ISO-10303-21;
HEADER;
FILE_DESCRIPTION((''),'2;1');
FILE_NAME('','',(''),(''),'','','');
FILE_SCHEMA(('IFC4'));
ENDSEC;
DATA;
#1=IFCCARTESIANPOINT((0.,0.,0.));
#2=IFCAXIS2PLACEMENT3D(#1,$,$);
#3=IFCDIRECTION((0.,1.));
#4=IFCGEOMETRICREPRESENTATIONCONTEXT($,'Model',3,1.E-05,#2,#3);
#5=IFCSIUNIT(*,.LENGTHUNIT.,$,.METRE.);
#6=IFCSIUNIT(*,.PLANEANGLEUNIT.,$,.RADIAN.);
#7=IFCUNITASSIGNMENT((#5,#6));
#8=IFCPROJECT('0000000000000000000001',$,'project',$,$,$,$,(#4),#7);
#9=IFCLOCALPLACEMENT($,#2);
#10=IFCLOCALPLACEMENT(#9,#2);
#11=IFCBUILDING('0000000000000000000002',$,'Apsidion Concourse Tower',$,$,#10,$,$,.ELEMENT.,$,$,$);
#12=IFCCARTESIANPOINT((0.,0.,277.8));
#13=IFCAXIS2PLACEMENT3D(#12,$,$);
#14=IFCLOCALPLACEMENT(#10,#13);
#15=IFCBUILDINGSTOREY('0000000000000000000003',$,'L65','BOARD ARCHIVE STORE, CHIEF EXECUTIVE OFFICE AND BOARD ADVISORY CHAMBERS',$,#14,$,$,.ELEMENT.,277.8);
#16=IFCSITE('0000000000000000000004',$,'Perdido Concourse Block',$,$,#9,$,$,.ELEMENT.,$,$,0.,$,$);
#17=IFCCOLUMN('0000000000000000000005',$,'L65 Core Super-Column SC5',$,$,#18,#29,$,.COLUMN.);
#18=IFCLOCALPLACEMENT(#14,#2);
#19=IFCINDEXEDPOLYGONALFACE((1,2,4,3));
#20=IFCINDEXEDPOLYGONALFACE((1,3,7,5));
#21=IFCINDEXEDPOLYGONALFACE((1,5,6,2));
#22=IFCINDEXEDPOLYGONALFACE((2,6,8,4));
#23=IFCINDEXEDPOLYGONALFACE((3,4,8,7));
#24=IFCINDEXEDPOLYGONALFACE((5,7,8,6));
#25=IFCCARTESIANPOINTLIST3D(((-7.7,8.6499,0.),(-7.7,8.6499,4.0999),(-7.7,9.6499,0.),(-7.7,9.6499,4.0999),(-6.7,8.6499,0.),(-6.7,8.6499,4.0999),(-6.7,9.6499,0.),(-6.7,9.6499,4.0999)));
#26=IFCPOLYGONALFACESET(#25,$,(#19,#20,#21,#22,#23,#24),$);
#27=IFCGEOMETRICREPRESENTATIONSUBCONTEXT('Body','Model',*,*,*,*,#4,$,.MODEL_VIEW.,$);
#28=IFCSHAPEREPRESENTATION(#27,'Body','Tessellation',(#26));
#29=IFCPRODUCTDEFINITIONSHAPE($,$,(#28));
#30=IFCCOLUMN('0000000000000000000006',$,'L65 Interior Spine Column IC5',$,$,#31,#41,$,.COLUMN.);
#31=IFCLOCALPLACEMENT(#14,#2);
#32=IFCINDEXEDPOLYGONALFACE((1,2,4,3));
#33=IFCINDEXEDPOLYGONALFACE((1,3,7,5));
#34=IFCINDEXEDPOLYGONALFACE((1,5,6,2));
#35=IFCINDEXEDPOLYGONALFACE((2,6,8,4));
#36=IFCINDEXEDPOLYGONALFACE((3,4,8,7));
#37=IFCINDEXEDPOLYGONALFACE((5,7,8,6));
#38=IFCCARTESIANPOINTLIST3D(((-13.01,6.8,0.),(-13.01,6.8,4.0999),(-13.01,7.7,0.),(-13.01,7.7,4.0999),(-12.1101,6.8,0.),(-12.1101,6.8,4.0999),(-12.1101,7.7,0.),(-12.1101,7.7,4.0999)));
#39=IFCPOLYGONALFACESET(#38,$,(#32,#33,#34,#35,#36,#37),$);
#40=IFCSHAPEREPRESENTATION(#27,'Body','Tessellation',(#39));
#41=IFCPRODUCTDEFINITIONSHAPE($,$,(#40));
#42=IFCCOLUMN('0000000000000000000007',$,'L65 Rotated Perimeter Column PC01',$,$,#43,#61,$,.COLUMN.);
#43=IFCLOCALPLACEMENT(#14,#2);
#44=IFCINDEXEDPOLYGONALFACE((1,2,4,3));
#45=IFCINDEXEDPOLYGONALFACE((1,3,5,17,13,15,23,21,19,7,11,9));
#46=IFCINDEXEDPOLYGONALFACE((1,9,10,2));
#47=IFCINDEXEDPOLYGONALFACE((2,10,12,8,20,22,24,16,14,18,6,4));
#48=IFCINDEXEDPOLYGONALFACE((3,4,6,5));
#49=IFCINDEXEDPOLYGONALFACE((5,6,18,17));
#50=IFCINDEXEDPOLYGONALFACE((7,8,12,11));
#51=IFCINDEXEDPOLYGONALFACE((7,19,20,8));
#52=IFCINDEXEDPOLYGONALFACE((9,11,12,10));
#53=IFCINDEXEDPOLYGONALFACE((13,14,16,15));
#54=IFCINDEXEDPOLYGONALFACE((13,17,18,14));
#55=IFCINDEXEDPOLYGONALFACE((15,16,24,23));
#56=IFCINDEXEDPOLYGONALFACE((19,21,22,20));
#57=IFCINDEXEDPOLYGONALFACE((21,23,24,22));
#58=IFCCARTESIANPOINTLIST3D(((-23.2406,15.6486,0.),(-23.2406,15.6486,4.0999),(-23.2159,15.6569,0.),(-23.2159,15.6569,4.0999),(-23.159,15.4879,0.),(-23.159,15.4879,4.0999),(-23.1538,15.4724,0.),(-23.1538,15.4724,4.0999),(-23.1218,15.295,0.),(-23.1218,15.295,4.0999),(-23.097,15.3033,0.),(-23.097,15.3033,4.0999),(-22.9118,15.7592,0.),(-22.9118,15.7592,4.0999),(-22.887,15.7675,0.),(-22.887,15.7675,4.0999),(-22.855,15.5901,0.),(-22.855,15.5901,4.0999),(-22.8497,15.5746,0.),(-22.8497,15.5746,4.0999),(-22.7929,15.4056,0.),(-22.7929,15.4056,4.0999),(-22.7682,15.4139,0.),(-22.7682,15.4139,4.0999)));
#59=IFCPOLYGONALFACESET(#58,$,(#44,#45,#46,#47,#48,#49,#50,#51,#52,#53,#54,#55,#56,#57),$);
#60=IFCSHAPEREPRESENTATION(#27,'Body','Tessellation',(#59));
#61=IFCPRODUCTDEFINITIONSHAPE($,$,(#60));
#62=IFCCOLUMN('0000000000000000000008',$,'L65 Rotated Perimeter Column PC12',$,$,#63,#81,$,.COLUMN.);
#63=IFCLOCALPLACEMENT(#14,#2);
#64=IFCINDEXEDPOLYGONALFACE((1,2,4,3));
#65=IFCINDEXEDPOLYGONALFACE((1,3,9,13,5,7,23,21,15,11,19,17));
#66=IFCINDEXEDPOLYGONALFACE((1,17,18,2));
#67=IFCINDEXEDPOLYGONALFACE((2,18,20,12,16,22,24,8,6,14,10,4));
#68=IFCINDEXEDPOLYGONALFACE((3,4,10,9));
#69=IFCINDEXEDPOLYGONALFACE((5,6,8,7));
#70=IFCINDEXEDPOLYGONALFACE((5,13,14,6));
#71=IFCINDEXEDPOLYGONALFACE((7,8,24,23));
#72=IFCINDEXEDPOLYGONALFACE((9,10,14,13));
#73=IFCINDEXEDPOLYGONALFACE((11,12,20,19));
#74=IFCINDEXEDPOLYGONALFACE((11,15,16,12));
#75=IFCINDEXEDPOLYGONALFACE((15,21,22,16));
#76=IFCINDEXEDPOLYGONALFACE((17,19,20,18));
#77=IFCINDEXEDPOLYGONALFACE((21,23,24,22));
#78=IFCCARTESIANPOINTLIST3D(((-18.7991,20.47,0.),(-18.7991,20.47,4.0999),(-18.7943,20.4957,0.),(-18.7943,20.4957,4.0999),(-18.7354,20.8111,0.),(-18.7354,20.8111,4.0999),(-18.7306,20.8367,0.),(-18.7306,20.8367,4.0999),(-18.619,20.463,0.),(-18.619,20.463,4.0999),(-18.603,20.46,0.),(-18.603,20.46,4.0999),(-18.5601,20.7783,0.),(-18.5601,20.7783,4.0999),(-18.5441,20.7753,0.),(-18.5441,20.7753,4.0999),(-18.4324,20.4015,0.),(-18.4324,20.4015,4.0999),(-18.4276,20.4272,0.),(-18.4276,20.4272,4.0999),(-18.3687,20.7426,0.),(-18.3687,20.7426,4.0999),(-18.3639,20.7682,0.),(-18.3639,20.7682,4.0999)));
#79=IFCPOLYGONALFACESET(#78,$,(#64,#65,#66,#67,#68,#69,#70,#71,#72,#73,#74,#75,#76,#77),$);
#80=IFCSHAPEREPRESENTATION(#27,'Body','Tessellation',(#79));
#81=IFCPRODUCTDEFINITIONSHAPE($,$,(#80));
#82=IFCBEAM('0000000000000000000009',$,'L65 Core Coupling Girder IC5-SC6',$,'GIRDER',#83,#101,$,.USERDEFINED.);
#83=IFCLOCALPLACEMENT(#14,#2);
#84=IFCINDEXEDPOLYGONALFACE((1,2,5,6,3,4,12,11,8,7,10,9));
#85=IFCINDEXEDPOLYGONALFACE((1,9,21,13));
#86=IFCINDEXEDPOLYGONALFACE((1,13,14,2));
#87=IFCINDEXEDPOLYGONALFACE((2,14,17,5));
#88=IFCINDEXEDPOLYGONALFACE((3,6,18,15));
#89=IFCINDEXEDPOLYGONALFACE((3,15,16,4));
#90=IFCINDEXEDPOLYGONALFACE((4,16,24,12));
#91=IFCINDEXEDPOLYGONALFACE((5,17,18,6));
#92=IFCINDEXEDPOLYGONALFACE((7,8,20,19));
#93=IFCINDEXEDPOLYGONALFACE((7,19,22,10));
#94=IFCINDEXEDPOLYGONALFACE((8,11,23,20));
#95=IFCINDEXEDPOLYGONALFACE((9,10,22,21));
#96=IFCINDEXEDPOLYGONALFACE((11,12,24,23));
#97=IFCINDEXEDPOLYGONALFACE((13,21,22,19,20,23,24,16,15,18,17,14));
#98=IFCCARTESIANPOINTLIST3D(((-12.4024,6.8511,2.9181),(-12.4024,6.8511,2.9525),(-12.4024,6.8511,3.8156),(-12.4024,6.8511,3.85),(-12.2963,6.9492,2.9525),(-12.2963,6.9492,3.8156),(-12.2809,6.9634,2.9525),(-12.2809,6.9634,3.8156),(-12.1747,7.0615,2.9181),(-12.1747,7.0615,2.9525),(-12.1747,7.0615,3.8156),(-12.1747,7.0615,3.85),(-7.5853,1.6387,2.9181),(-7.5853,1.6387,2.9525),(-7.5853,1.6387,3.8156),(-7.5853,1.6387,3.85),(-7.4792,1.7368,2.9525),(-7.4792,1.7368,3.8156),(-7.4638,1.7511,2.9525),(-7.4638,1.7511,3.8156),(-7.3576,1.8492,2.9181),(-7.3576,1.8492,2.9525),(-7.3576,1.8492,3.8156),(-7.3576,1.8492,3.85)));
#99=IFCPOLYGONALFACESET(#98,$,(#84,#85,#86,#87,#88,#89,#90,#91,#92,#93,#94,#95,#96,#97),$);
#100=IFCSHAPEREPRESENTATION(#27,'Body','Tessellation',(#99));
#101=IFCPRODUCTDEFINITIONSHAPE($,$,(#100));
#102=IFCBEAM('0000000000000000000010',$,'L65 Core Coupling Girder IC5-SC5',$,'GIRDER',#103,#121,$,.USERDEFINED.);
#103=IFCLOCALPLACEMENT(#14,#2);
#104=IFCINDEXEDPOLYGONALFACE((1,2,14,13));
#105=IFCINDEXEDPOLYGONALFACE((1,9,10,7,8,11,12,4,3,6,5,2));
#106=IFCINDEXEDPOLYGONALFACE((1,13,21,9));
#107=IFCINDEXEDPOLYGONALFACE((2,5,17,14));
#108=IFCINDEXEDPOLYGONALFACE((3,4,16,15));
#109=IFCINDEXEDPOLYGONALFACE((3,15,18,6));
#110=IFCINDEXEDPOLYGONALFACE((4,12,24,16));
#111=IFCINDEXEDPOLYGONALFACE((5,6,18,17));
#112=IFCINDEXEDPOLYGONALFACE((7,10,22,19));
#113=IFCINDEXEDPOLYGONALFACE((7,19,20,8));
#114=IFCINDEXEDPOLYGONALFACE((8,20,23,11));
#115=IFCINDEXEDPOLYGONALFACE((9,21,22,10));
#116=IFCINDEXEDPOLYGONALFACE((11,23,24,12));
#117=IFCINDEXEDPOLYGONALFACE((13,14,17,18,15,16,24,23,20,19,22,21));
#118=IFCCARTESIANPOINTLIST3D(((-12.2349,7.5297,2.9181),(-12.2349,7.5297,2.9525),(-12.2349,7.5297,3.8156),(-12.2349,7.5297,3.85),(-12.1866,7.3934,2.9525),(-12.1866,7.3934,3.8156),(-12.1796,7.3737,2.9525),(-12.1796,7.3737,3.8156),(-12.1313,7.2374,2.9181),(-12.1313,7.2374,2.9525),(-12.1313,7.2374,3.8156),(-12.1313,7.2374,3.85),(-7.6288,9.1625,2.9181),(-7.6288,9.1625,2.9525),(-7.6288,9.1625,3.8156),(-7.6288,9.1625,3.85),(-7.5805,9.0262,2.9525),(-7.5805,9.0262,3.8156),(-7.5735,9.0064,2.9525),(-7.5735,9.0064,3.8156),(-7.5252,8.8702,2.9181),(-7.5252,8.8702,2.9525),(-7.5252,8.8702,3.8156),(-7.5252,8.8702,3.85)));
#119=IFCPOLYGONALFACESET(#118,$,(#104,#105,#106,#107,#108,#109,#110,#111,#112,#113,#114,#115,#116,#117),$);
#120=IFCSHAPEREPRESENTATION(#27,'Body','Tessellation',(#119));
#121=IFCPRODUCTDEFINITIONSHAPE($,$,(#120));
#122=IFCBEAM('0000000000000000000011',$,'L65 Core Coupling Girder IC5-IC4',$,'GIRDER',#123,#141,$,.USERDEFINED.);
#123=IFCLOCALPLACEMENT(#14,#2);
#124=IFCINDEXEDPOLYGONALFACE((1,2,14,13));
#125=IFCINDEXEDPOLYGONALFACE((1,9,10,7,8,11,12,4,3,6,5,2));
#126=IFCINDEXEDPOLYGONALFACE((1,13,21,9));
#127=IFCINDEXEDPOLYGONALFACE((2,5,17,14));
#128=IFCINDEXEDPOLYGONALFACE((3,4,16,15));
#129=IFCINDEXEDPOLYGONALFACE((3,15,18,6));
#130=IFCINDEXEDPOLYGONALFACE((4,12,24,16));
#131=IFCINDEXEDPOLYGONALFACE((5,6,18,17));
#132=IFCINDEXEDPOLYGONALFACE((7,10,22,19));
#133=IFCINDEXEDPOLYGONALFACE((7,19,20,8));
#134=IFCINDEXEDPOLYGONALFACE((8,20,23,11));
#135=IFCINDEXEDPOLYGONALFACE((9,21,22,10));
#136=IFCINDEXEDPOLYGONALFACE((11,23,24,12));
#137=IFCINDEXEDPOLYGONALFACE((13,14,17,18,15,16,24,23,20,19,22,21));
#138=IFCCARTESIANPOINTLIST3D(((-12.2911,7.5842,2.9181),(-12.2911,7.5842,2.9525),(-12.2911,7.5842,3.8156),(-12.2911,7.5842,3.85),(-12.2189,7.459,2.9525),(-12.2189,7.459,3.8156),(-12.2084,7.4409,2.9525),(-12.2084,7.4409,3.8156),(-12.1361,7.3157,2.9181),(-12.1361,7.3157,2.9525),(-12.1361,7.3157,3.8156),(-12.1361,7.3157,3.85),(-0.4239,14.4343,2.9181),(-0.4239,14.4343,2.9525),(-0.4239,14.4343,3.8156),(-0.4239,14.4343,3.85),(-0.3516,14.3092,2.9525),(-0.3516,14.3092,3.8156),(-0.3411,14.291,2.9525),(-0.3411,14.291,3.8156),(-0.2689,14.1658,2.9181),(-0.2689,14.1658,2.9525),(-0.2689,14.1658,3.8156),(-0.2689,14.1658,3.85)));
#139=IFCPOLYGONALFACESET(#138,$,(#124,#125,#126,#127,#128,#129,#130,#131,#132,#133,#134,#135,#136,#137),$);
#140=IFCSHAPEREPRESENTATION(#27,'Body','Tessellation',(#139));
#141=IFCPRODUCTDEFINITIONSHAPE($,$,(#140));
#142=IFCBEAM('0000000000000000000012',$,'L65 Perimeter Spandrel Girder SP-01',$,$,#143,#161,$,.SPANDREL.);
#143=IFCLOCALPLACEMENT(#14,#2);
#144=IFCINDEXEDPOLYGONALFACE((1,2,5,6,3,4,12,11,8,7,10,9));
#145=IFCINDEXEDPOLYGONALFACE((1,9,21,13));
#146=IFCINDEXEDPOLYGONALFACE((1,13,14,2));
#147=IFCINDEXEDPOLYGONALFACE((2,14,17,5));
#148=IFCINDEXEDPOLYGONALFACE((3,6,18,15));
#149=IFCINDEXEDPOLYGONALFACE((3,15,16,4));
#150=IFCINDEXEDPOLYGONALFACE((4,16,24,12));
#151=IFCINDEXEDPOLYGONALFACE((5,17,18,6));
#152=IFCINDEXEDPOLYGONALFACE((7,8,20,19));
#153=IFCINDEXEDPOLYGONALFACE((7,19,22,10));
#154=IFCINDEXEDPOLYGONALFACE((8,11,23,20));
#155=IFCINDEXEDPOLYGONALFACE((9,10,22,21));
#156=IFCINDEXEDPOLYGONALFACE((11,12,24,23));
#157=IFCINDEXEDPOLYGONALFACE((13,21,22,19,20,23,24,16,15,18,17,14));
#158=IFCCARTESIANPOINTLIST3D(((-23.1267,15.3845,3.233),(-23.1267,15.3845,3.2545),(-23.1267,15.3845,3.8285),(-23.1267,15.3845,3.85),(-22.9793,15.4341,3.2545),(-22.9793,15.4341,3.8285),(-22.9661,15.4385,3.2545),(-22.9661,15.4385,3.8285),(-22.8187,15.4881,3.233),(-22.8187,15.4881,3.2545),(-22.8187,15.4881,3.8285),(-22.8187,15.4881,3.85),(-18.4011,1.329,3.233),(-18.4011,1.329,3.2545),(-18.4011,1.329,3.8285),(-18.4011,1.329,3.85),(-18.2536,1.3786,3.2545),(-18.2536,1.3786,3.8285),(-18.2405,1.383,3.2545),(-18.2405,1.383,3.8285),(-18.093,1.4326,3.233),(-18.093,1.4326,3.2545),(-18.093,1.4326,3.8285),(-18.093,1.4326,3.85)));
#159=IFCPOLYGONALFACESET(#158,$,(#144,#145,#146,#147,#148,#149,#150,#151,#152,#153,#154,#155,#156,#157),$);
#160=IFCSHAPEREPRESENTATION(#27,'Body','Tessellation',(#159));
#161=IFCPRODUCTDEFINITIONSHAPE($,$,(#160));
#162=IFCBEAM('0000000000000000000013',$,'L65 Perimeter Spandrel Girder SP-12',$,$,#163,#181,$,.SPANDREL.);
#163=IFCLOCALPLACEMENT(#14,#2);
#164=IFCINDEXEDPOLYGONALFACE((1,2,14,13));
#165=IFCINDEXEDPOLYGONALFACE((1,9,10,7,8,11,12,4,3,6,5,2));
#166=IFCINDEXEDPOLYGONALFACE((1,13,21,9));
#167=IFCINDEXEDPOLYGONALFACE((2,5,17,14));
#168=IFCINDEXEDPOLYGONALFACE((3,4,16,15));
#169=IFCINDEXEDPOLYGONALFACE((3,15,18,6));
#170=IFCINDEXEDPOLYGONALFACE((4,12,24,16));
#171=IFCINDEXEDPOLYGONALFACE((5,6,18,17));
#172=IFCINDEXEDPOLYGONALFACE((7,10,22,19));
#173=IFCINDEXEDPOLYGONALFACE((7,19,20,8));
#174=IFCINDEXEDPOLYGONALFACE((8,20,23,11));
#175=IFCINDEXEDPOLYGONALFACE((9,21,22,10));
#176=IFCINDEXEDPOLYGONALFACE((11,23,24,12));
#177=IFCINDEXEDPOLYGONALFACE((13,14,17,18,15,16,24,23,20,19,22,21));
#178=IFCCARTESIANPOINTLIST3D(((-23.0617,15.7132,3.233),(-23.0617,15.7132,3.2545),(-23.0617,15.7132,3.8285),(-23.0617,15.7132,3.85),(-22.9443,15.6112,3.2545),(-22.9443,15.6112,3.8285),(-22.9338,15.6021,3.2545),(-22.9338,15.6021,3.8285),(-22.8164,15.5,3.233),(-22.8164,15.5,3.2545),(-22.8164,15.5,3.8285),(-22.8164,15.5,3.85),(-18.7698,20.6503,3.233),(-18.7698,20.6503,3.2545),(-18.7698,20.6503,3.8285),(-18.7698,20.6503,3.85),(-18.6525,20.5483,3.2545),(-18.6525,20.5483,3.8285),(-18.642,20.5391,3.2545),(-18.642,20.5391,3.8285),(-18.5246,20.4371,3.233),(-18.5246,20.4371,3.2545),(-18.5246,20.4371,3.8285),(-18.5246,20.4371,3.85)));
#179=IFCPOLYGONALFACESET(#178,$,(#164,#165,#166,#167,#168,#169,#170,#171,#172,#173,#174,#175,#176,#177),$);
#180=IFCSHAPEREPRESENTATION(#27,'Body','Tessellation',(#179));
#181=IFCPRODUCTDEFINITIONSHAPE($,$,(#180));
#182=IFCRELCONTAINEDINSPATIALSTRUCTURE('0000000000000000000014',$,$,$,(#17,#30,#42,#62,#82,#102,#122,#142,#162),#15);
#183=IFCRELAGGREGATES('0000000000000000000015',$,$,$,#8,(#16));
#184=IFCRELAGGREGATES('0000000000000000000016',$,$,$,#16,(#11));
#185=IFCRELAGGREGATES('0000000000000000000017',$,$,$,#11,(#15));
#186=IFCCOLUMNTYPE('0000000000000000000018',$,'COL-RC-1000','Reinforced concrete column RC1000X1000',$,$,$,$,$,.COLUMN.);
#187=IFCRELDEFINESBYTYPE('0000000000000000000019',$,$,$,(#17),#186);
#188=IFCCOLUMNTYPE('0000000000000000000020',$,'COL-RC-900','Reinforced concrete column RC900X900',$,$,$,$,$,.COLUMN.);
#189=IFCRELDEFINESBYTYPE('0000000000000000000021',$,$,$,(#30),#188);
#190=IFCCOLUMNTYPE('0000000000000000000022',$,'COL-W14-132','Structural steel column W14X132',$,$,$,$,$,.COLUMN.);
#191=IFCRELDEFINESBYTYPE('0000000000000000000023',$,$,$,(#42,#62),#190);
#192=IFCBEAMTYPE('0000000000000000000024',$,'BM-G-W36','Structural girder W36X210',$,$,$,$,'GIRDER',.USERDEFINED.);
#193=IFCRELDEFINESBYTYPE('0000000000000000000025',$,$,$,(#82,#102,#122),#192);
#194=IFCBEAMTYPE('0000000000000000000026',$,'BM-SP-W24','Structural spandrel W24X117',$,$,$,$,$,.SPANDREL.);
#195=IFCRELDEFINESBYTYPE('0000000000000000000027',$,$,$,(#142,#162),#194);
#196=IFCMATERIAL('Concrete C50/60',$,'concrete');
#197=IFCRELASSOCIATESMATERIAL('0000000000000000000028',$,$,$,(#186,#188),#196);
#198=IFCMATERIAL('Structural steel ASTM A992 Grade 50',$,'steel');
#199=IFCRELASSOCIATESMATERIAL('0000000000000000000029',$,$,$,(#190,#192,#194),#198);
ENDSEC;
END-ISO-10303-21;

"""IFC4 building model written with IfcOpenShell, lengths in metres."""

from ifc_helpers import new_model, si_unit, direction, frame, origin, origin_2d, place, context, subcontext, project, spatial, rectangle, i_section, extrude, material, material_profile, profile_set, type_object, element, save


model = new_model("IFC4")

# Units and contexts
model_context = context("Model", 3, precision=1e-05, world=origin(), true_north=direction((0.0, 1.0)))
body_context = subcontext(model_context, "Body", "Model", "MODEL_VIEW")
ifc_project = project(units=[si_unit("LENGTHUNIT", "METRE"), si_unit("PLANEANGLEUNIT", "RADIAN")], contexts=[model_context])

# Site, building, storey
site_placement = place(None, origin())
site = spatial("IfcSite", under=ifc_project, at=site_placement, Name="Perdido Concourse Block", CompositionType="ELEMENT", RefElevation=0.0)
building_placement = place(site_placement, origin())
building = spatial("IfcBuilding", under=site, at=building_placement, Name="Apsidion Concourse Tower", CompositionType="ELEMENT")
storey_placement = place(building_placement, frame((0.0, 0.0, 277.8)))
storey = spatial("IfcBuildingStorey", under=building, at=storey_placement, Name="L65", Description="BOARD ARCHIVE STORE, CHIEF EXECUTIVE OFFICE AND BOARD ADVISORY CHAMBERS", CompositionType="ELEMENT", Elevation=277.8)

# Columns
ifc_material_1 = material(Name="Concrete C50/60", Category="concrete")
ifc_material_profile_1 = material_profile(ifc_material_1, rectangle(XDim=1.0, YDim=1.0, at=origin_2d()), Name="RC 1000x1000")
ifc_profile_set_1 = profile_set([ifc_material_profile_1], Name="Concrete C50/60")
column_type_1 = type_object("IfcColumnType", Name="COL-RC-1000", Description="Reinforced concrete column RC1000X1000", PredefinedType="COLUMN", material=ifc_profile_set_1)
column_1_placement = place(storey_placement, frame((-7.2, 9.1499, 0.0), z_axis=(0.0, 0.0, 1.0), x_axis=(1.0, 0.0, 0.0)))
element("IfcColumn", 1, at=column_1_placement, inside=storey, type_object=column_type_1, Name="L65 Core Super-Column SC5", PredefinedType="COLUMN", context=body_context, shape_type="SweptSolid", body=[
    extrude(rectangle(XDim=1.0, YDim=1.0, at=origin_2d()), origin(), (0.0, 0.0, 1.0), 4.0999),
])
ifc_material_profile_2 = material_profile(ifc_material_1, rectangle(XDim=0.8999, YDim=0.8999, at=origin_2d()), Name="RC 900x900")
ifc_profile_set_2 = profile_set([ifc_material_profile_2], Name="Concrete C50/60")
column_type_2 = type_object("IfcColumnType", Name="COL-RC-900", Description="Reinforced concrete column RC900X900", PredefinedType="COLUMN", material=ifc_profile_set_2)
column_2_placement = place(storey_placement, frame((-12.5601, 7.25, 0.0), z_axis=(0.0, 0.0, 1.0), x_axis=(1.0, 0.0, 0.0)))
element("IfcColumn", 2, at=column_2_placement, inside=storey, type_object=column_type_2, Name="L65 Interior Spine Column IC5", PredefinedType="COLUMN", context=body_context, shape_type="SweptSolid", body=[
    extrude(rectangle(XDim=0.8999, YDim=0.8999, at=origin_2d()), origin(), (0.0, 0.0, 1.0), 4.0999),
])
ifc_material_2 = material(Name="Structural steel ASTM A992 Grade 50", Category="steel")
ifc_material_profile_3 = material_profile(ifc_material_2, i_section(OverallWidth=0.373, OverallDepth=0.373, WebThickness=0.0164, FlangeThickness=0.0261, at=origin_2d()), Name="W14X132")
ifc_profile_set_3 = profile_set([ifc_material_profile_3], Name="Structural steel ASTM A992 Grade 50")
column_type_3 = type_object("IfcColumnType", Name="COL-W14-132", Description="Structural steel column W14X132", PredefinedType="COLUMN", material=ifc_profile_set_3)
for number, where, z_axis, x_axis, name in (
    (3, (-23.0044, 15.5312, 0.0), (0.0, 0.0, 1.0), (-0.318628, 0.94788, 0.0), "L65 Rotated Perimeter Column PC01"),
    (4, (-18.5815, 20.6191, 0.0), (0.0, 0.0, 1.0), (-0.983, 0.183608, 0.0), "L65 Rotated Perimeter Column PC12"),
):
    element("IfcColumn", number, at=place(storey_placement, frame(where, z_axis=z_axis, x_axis=x_axis)), inside=storey, type_object=column_type_3, Name=name, PredefinedType="COLUMN", context=body_context, shape_type="SweptSolid", body=[
        extrude(i_section(OverallWidth=0.373, OverallDepth=0.373, WebThickness=0.0164, FlangeThickness=0.0261, at=origin_2d()), origin(), (0.0, 0.0, 1.0), 4.0999),
    ])

# Beams
ifc_material_profile_4 = material_profile(ifc_material_2, i_section(OverallWidth=0.3101, OverallDepth=0.9319, WebThickness=0.021, FlangeThickness=0.0344, at=origin_2d()), Name="W36X210")
ifc_profile_set_4 = profile_set([ifc_material_profile_4], Name="Structural steel ASTM A992 Grade 50")
beam_type_1 = type_object("IfcBeamType", Name="BM-G-W36", Description="Structural girder W36X210", ElementType="GIRDER", PredefinedType="USERDEFINED", material=ifc_profile_set_4)
beam_1_placement = place(storey_placement, frame((-12.2886, 6.9563, 3.384), z_axis=(0.678713, -0.734404, 0.0), x_axis=(0.734404, 0.678713, 0.0)))
element("IfcBeam", 5, at=beam_1_placement, inside=storey, type_object=beam_type_1, Name="L65 Core Coupling Girder IC5-SC6", ObjectType="GIRDER", PredefinedType="USERDEFINED", context=body_context, shape_type="SweptSolid", body=[
    extrude(i_section(OverallWidth=0.3101, OverallDepth=0.9319, WebThickness=0.021, FlangeThickness=0.0344, at=origin_2d()), origin(), (0.0, 0.0, 1.0), 7.0974),
])
beam_2_placement = place(storey_placement, frame((-12.1831, 7.3835, 3.384), z_axis=(0.942534, 0.334111, 0.0), x_axis=(-0.334111, 0.942534, 0.0)))
element("IfcBeam", 6, at=beam_2_placement, inside=storey, type_object=beam_type_1, Name="L65 Core Coupling Girder IC5-SC5", ObjectType="GIRDER", PredefinedType="USERDEFINED", context=body_context, shape_type="SweptSolid", body=[
    extrude(i_section(OverallWidth=0.3101, OverallDepth=0.9319, WebThickness=0.021, FlangeThickness=0.0344, at=origin_2d()), origin(), (0.0, 0.0, 1.0), 4.887),
])
beam_3_placement = place(storey_placement, frame((-12.2136, 7.45, 3.384), z_axis=(0.86607, 0.499922, 0.0), x_axis=(-0.499922, 0.86607, 0.0)))
element("IfcBeam", 7, at=beam_3_placement, inside=storey, type_object=beam_type_1, Name="L65 Core Coupling Girder IC5-IC4", ObjectType="GIRDER", PredefinedType="USERDEFINED", context=body_context, shape_type="SweptSolid", body=[
    extrude(i_section(OverallWidth=0.3101, OverallDepth=0.9319, WebThickness=0.021, FlangeThickness=0.0344, at=origin_2d()), origin(), (0.0, 0.0, 1.0), 13.7024),
])
ifc_material_profile_5 = material_profile(ifc_material_2, i_section(OverallWidth=0.325, OverallDepth=0.6169, WebThickness=0.0139, FlangeThickness=0.0215, at=origin_2d()), Name="W24X117")
ifc_profile_set_5 = profile_set([ifc_material_profile_5], Name="Structural steel ASTM A992 Grade 50")
beam_type_2 = type_object("IfcBeamType", Name="BM-SP-W24", Description="Structural spandrel W24X117", PredefinedType="SPANDREL", material=ifc_profile_set_5)
beam_4_placement = place(storey_placement, frame((-22.9727, 15.4363, 3.5415), z_axis=(0.318682, -0.947862, 0.0), x_axis=(0.947862, 0.318682, 0.0)))
element("IfcBeam", 8, at=beam_4_placement, inside=storey, type_object=beam_type_2, Name="L65 Perimeter Spandrel Girder SP-01", PredefinedType="SPANDREL", context=body_context, shape_type="SweptSolid", body=[
    extrude(i_section(OverallWidth=0.325, OverallDepth=0.6169, WebThickness=0.0139, FlangeThickness=0.0215, at=origin_2d()), origin(), (0.0, 0.0, 1.0), 14.8286),
])
beam_5_placement = place(storey_placement, frame((-18.6472, 20.5437, 3.5415), z_axis=(-0.656065, -0.754704, 0.0), x_axis=(0.754704, -0.656065, 0.0)))
element("IfcBeam", 9, at=beam_5_placement, inside=storey, type_object=beam_type_2, Name="L65 Perimeter Spandrel Girder SP-12", PredefinedType="SPANDREL", context=body_context, shape_type="SweptSolid", body=[
    extrude(i_section(OverallWidth=0.325, OverallDepth=0.6169, WebThickness=0.0139, FlangeThickness=0.0215, at=origin_2d()), origin(), (0.0, 0.0, 1.0), 6.5417),
])

save(model, "model.ifc")
